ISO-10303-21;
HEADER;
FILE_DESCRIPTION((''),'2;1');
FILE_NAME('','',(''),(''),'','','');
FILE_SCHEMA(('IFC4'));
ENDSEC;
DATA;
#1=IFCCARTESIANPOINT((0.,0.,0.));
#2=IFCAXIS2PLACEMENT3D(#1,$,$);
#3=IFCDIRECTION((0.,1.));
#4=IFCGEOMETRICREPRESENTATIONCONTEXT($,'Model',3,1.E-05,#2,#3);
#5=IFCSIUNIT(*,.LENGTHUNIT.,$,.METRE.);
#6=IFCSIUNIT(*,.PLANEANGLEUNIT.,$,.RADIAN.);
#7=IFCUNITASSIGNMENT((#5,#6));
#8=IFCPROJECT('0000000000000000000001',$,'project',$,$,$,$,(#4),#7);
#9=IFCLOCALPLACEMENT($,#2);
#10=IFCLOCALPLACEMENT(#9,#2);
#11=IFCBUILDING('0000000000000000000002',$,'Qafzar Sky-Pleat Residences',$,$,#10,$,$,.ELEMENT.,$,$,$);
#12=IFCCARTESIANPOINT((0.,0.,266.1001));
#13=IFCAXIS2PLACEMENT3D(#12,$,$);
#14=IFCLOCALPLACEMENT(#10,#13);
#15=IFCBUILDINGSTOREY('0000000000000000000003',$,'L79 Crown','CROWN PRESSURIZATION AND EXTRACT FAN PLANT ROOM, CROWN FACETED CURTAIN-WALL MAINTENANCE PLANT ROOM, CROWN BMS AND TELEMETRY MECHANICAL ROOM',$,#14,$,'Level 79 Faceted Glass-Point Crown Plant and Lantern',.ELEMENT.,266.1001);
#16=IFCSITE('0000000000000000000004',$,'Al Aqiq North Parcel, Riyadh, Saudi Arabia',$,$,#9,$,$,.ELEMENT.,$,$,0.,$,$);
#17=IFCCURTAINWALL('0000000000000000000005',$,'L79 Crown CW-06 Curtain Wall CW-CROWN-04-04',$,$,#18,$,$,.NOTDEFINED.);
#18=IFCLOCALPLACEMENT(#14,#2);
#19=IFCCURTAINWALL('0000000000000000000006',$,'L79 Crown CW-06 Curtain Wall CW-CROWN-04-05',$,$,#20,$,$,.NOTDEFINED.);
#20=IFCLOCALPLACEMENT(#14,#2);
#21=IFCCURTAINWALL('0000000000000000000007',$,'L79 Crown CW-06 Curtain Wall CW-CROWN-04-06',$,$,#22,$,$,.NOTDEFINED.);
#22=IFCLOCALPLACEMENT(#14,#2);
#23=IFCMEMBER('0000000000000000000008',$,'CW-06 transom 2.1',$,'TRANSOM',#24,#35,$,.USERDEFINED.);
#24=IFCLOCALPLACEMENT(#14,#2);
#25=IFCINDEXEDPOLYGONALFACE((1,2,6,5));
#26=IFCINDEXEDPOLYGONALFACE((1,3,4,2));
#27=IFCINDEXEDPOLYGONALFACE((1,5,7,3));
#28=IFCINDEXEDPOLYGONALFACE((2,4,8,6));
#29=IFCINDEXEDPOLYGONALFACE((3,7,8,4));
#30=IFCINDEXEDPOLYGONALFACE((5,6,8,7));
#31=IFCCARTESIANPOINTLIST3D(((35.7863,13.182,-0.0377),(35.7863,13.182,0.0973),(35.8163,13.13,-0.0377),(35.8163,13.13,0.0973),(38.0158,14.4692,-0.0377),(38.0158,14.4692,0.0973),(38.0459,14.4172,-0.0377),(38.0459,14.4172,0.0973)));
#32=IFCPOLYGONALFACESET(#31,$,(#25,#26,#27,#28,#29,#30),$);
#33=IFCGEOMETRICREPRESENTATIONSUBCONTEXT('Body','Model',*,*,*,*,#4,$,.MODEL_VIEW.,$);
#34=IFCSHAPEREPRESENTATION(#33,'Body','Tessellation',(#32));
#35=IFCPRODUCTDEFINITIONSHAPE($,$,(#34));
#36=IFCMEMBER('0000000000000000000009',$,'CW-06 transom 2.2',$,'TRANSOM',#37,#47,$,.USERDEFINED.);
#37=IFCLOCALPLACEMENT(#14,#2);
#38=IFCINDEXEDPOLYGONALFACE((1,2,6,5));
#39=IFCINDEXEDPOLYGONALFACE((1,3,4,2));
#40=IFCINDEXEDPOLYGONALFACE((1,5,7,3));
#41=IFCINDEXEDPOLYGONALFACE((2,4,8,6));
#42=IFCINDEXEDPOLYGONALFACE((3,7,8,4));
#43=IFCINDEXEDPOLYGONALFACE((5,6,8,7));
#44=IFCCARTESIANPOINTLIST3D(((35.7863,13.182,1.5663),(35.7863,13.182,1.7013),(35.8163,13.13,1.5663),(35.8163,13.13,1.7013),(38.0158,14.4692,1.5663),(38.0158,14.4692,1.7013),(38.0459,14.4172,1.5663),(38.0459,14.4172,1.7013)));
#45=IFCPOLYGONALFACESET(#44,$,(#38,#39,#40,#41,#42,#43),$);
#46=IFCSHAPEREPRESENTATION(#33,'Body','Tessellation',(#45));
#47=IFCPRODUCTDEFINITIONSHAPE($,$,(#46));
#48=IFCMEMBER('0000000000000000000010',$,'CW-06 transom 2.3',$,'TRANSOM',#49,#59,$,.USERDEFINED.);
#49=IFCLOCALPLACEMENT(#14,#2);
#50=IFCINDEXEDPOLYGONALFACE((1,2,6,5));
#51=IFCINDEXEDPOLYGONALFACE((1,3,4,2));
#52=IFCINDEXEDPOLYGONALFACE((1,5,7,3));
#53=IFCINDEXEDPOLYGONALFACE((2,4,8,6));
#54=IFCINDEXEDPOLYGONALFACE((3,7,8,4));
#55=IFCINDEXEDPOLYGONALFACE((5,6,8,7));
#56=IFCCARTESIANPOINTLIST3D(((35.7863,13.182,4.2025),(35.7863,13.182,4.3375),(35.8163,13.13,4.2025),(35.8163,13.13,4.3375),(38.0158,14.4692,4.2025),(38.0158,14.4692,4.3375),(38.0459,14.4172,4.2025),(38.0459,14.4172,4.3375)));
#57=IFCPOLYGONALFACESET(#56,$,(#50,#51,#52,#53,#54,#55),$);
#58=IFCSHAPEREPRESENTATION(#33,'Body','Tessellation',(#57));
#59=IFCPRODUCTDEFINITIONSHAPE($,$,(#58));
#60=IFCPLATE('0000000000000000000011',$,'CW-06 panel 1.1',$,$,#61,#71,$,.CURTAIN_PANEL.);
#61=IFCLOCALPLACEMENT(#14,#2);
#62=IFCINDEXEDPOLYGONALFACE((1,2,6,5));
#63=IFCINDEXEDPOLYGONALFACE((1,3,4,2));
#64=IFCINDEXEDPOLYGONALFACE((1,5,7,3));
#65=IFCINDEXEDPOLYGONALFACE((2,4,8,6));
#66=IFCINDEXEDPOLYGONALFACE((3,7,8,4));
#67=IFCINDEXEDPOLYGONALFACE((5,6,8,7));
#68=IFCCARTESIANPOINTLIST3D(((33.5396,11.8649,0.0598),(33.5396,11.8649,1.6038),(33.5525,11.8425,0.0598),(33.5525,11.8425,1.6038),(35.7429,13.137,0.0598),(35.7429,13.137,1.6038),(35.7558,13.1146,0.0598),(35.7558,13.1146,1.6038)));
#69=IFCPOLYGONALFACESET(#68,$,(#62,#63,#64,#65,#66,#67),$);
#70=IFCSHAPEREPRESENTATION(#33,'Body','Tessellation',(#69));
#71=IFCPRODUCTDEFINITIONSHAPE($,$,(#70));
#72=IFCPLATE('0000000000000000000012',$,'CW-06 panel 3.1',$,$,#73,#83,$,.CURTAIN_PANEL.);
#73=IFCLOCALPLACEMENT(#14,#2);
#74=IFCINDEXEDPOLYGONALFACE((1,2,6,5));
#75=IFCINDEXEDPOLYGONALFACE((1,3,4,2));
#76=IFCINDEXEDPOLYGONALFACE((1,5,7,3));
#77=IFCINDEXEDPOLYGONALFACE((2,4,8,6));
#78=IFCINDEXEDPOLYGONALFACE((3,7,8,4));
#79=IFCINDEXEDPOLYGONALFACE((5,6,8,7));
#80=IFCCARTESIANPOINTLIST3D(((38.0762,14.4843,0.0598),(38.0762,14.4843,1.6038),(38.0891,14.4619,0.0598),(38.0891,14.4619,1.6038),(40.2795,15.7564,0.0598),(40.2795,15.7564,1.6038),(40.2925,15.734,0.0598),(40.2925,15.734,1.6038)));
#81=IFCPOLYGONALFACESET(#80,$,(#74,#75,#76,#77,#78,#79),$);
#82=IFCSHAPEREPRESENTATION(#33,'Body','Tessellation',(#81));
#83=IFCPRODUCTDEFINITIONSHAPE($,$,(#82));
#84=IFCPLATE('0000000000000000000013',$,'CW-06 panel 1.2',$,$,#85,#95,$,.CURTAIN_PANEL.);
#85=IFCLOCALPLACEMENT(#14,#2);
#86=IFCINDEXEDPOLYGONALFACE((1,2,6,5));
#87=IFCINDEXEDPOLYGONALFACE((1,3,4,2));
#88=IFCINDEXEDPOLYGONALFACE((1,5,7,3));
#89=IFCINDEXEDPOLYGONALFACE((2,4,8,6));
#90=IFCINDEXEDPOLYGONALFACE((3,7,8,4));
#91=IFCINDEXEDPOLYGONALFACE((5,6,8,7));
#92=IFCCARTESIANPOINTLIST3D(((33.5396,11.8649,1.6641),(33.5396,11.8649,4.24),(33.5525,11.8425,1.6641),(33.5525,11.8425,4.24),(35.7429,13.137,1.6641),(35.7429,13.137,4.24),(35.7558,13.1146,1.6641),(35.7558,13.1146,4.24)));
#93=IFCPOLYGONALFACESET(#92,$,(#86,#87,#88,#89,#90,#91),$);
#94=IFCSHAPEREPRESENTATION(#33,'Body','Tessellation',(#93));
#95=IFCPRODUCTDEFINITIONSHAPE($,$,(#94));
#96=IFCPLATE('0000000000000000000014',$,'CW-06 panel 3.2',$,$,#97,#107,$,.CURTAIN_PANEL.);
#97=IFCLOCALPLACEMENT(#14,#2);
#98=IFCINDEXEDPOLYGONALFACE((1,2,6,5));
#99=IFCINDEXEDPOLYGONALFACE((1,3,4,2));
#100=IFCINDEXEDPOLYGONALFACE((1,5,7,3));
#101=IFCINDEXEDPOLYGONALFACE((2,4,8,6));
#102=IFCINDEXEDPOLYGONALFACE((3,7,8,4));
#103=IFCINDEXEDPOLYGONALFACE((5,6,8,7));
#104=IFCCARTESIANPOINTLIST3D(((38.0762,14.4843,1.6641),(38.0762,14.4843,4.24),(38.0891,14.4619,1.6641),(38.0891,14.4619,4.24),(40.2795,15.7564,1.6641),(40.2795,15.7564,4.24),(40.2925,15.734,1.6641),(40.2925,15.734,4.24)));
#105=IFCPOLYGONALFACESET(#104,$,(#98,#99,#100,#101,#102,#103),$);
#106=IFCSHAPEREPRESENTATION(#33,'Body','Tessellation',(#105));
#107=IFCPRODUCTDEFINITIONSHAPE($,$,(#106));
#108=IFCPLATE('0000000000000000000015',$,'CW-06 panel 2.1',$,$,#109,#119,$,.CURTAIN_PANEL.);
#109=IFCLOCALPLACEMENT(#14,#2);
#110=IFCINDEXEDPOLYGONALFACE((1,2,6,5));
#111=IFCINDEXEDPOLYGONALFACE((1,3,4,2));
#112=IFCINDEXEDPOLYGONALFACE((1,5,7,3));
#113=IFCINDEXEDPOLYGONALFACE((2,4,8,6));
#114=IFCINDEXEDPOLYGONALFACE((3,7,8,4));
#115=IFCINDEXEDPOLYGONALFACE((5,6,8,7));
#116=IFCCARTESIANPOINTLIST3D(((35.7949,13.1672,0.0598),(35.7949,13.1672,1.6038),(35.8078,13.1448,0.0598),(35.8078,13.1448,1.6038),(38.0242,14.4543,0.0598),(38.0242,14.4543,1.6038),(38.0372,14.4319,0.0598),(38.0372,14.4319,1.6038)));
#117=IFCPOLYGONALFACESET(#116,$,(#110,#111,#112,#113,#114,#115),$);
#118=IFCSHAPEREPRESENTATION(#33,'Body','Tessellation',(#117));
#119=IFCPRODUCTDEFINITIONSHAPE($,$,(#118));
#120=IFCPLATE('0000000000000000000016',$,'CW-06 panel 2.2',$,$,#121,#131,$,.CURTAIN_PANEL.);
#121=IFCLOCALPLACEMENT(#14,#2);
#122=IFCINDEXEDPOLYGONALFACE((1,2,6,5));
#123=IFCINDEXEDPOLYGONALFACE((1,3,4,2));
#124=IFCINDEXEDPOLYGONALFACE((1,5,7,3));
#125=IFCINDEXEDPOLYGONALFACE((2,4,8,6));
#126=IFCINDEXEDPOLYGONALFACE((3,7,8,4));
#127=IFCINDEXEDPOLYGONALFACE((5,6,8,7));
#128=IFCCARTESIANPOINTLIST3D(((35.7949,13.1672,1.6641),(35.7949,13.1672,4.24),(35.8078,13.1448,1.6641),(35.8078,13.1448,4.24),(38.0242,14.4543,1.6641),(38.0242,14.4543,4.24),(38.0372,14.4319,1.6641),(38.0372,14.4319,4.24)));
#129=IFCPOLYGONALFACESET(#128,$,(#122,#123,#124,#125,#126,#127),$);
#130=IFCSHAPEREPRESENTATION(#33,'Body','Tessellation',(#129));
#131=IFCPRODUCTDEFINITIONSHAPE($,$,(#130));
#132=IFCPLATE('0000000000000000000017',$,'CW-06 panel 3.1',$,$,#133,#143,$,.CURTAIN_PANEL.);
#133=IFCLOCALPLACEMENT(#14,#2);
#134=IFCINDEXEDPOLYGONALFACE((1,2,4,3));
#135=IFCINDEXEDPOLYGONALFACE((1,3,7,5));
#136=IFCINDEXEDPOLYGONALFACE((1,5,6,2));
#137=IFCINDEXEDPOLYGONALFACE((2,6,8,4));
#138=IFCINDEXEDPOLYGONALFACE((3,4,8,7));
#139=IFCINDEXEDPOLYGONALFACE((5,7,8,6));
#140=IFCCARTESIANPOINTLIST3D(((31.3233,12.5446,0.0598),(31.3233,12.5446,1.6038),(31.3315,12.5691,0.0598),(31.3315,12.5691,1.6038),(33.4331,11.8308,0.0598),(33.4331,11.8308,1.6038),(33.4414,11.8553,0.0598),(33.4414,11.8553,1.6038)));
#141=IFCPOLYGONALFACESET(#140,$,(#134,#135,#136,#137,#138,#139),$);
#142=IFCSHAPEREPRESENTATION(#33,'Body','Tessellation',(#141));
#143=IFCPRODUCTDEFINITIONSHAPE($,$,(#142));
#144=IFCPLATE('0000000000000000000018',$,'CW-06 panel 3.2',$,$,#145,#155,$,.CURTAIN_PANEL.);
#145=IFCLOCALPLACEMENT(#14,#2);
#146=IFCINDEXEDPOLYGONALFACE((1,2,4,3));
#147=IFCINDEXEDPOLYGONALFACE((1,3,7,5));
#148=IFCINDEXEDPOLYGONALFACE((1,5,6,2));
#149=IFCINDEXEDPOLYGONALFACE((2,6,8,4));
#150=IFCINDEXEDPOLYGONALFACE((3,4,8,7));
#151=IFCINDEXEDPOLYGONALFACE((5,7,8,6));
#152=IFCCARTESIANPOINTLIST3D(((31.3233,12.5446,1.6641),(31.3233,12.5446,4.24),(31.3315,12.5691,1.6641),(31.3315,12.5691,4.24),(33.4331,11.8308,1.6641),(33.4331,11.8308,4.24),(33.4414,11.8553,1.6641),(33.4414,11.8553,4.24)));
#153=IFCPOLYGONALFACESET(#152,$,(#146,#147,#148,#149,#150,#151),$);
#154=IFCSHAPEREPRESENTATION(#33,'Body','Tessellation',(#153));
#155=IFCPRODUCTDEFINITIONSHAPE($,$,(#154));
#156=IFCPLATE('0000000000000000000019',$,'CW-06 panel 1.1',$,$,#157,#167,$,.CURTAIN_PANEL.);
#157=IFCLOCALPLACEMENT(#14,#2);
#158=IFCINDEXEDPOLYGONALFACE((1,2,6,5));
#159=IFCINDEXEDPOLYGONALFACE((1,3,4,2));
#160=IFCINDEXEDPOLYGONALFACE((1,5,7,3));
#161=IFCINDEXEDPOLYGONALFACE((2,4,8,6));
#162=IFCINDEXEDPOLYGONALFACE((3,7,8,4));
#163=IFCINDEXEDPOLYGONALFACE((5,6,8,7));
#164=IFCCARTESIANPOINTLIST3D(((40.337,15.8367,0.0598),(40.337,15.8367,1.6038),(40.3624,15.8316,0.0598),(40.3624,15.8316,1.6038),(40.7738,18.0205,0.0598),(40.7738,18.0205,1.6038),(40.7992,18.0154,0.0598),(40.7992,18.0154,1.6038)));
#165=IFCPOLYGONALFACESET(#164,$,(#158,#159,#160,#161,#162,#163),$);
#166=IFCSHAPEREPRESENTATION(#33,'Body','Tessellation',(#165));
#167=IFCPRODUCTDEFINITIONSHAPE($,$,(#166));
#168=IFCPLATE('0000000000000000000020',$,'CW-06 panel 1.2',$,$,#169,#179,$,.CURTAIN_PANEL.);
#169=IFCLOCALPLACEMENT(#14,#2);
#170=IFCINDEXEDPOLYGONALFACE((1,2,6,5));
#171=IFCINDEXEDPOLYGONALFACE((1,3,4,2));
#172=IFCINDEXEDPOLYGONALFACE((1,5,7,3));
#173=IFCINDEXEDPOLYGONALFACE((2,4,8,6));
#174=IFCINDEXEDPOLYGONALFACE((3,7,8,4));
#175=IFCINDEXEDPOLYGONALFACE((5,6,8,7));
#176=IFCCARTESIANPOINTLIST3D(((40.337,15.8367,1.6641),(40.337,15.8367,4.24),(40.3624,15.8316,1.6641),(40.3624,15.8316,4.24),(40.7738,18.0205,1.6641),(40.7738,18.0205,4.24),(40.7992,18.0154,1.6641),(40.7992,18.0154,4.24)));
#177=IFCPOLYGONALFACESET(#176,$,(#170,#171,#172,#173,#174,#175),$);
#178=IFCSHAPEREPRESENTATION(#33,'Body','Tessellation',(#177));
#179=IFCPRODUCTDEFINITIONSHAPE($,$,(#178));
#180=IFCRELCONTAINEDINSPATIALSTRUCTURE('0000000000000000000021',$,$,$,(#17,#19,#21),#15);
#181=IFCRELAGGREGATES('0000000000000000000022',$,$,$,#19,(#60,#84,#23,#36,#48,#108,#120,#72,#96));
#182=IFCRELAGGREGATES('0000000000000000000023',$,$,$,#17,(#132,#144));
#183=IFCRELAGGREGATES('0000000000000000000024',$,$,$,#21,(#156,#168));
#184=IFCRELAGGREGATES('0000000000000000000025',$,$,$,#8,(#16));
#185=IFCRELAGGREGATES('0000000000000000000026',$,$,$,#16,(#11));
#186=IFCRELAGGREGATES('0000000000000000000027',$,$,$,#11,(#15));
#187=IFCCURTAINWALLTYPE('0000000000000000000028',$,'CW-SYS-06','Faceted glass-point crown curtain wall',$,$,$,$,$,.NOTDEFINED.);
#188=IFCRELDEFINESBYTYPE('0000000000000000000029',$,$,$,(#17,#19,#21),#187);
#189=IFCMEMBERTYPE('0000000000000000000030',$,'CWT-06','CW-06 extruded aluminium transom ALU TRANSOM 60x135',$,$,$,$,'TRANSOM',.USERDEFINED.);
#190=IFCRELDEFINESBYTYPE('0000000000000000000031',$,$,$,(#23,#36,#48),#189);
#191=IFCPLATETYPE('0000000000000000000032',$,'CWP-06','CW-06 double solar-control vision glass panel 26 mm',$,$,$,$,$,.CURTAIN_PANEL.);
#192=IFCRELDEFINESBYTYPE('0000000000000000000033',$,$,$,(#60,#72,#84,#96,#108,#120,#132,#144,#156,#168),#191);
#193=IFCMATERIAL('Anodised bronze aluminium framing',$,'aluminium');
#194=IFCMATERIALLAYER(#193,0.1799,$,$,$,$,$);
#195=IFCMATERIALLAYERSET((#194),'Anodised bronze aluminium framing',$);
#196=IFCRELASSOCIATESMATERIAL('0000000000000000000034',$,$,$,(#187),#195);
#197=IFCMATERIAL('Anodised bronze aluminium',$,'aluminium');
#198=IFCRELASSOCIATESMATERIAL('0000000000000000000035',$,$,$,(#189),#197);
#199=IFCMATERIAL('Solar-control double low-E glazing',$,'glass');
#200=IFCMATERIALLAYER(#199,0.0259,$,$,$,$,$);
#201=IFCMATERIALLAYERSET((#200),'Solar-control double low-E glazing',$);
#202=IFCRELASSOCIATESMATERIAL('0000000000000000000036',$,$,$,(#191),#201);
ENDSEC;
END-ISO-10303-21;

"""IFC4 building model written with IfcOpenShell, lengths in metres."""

from ifc_helpers import new_model, si_unit, direction, frame, origin, origin_2d, place, context, subcontext, project, spatial, rectangle, extrude, source, transform, mapped, material, layer, layer_set, material_profile, profile_set, type_object, element, aggregate, save


model = new_model("IFC4")

# Units and contexts
model_context = context("Model", 3, precision=1e-05, world=origin(), true_north=direction((0.0, 1.0)))
body_context = subcontext(model_context, "Body", "Model", "MODEL_VIEW")
ifc_project = project(units=[si_unit("LENGTHUNIT", "METRE"), si_unit("PLANEANGLEUNIT", "RADIAN")], contexts=[model_context])

# Site, building, storey
site_placement = place(None, origin())
site = spatial("IfcSite", under=ifc_project, at=site_placement, Name="Al Aqiq North Parcel, Riyadh, Saudi Arabia", CompositionType="ELEMENT", RefElevation=0.0)
building_placement = place(site_placement, origin())
building = spatial("IfcBuilding", under=site, at=building_placement, Name="Qafzar Sky-Pleat Residences", CompositionType="ELEMENT")
storey_placement = place(building_placement, frame((0.0, 0.0, 266.1001)))
storey = spatial("IfcBuildingStorey", under=building, at=storey_placement, Name="L79 Crown", Description="CROWN PRESSURIZATION AND EXTRACT FAN PLANT ROOM, CROWN FACETED CURTAIN-WALL MAINTENANCE PLANT ROOM, CROWN BMS AND TELEMETRY MECHANICAL ROOM", LongName="Level 79 Faceted Glass-Point Crown Plant and Lantern", CompositionType="ELEMENT", Elevation=266.1001)

# Curtain walls
ifc_material_1 = material(Name="Anodised bronze aluminium framing", Category="aluminium")
ifc_layer_1 = layer(ifc_material_1, 0.1799)
ifc_layer_set_1 = layer_set([ifc_layer_1], Name="Anodised bronze aluminium framing")
curtain_wall_type = type_object("IfcCurtainWallType", Name="CW-SYS-06", Description="Faceted glass-point crown curtain wall", PredefinedType="NOTDEFINED", material=ifc_layer_set_1)
curtain_wall_1_placement = place(storey_placement, origin())
curtain_wall_1 = element("IfcCurtainWall", 1, at=curtain_wall_1_placement, inside=storey, type_object=curtain_wall_type, Name="L79 Crown CW-06 Curtain Wall CW-CROWN-04-04", PredefinedType="NOTDEFINED")
ifc_material_2 = material(Name="Anodised bronze aluminium", Category="aluminium")
curtain_wall_2_placement = place(storey_placement, origin())
curtain_wall_2 = element("IfcCurtainWall", 2, at=curtain_wall_2_placement, inside=storey, type_object=curtain_wall_type, Name="L79 Crown CW-06 Curtain Wall CW-CROWN-04-05", PredefinedType="NOTDEFINED")

# Curtain wall
curtain_wall_3_placement = place(storey_placement, origin())
curtain_wall_3 = element("IfcCurtainWall", 3, at=curtain_wall_3_placement, inside=storey, type_object=curtain_wall_type, Name="L79 Crown CW-06 Curtain Wall CW-CROWN-04-06", PredefinedType="NOTDEFINED")

# Members
ifc_material_profile_1 = material_profile(ifc_material_2, rectangle(XDim=0.0601, YDim=0.135, at=origin_2d()), Name="ALU TRANSOM 60x135")
ifc_profile_set_1 = profile_set([ifc_material_profile_1], Name="Anodised bronze aluminium")
member_type_1 = type_object("IfcMemberType", Name="CWT-06", Description="CW-06 extruded aluminium transom ALU TRANSOM 60x135", ElementType="TRANSOM", PredefinedType="USERDEFINED", material=ifc_profile_set_1)
shared_shape_1 = source(origin(), body_context, "Body", "SweptSolid", [
    extrude(rectangle(XDim=0.0601, YDim=0.135, at=origin_2d()), origin(), (0.0, 0.0, 1.0), 2.5745),
])
member_1_placement = place(storey_placement, frame((35.8013, 13.156, 0.0298), z_axis=(0.86604, 0.499974, 0.0), x_axis=(-0.499974, 0.86604, 0.0)))
member_1 = element("IfcMember", 4, at=member_1_placement, type_object=member_type_1, Name="CW-06 transom 2.1", ObjectType="TRANSOM", PredefinedType="USERDEFINED", context=body_context, shape_type="MappedRepresentation", body=[
    mapped(shared_shape_1, transform((0.0, 0.0, 0.0), x_axis=(1.0, 0.0, 0.0), y_axis=(0.0, 1.0, 0.0), z_axis=(0.0, 0.0, 1.0), scale=1.0)),
])
member_2_placement = place(storey_placement, frame((35.8013, 13.156, 1.6338), z_axis=(0.86604, 0.499974, 0.0), x_axis=(-0.499974, 0.86604, 0.0)))
member_2 = element("IfcMember", 5, at=member_2_placement, type_object=member_type_1, Name="CW-06 transom 2.2", ObjectType="TRANSOM", PredefinedType="USERDEFINED", context=body_context, shape_type="MappedRepresentation", body=[
    mapped(shared_shape_1, transform((0.0, 0.0, 0.0), x_axis=(1.0, 0.0, 0.0), y_axis=(0.0, 1.0, 0.0), z_axis=(0.0, 0.0, 1.0), scale=1.0)),
])
member_3_placement = place(storey_placement, frame((35.8013, 13.156, 4.27), z_axis=(0.86604, 0.499974, 0.0), x_axis=(-0.499974, 0.86604, 0.0)))
member_3 = element("IfcMember", 6, at=member_3_placement, type_object=member_type_1, Name="CW-06 transom 2.3", ObjectType="TRANSOM", PredefinedType="USERDEFINED", context=body_context, shape_type="MappedRepresentation", body=[
    mapped(shared_shape_1, transform((0.0, 0.0, 0.0), x_axis=(1.0, 0.0, 0.0), y_axis=(0.0, 1.0, 0.0), z_axis=(0.0, 0.0, 1.0), scale=1.0)),
])

# Plates
ifc_material_3 = material(Name="Solar-control double low-E glazing", Category="glass")
ifc_layer_2 = layer(ifc_material_3, 0.0259)
ifc_layer_set_2 = layer_set([ifc_layer_2], Name="Solar-control double low-E glazing")
plate_type = type_object("IfcPlateType", Name="CWP-06", Description="CW-06 double solar-control vision glass panel 26 mm", PredefinedType="CURTAIN_PANEL", material=ifc_layer_set_2)
shared_shape_2 = source(origin(), body_context, "Body", "SweptSolid", [
    extrude(rectangle(XDim=2.5442, YDim=0.0259, at=origin_2d()), origin(), (0.0, 0.0, 1.0), 1.5439),
])
plate_1_placement = place(storey_placement, frame((34.6477, 12.4897, 0.0598), z_axis=(0.0, 0.0, 1.0), x_axis=(0.866025, 0.500001, 0.0)))
plate_1 = element("IfcPlate", 7, at=plate_1_placement, type_object=plate_type, Name="CW-06 panel 1.1", PredefinedType="CURTAIN_PANEL", context=body_context, shape_type="MappedRepresentation", body=[
    mapped(shared_shape_2, transform((0.0, 0.0, 0.0), x_axis=(1.0, 0.0, 0.0), y_axis=(0.0, 1.0, 0.0), z_axis=(0.0, 0.0, 1.0), scale=1.0)),
])
plate_2_placement = place(storey_placement, frame((39.1843, 15.1091, 0.0598), z_axis=(0.0, 0.0, 1.0), x_axis=(0.866025, 0.500001, 0.0)))
plate_2 = element("IfcPlate", 8, at=plate_2_placement, type_object=plate_type, Name="CW-06 panel 3.1", PredefinedType="CURTAIN_PANEL", context=body_context, shape_type="MappedRepresentation", body=[
    mapped(shared_shape_2, transform((0.0, 0.0, 0.0), x_axis=(1.0, 0.0, 0.0), y_axis=(0.0, 1.0, 0.0), z_axis=(0.0, 0.0, 1.0), scale=1.0)),
])
shared_shape_3 = source(origin(), body_context, "Body", "SweptSolid", [
    extrude(rectangle(XDim=2.5442, YDim=0.0259, at=origin_2d()), origin(), (0.0, 0.0, 1.0), 2.5759),
])
plate_3_placement = place(storey_placement, frame((34.6477, 12.4897, 1.6641), z_axis=(0.0, 0.0, 1.0), x_axis=(0.866025, 0.500001, 0.0)))
plate_3 = element("IfcPlate", 9, at=plate_3_placement, type_object=plate_type, Name="CW-06 panel 1.2", PredefinedType="CURTAIN_PANEL", context=body_context, shape_type="MappedRepresentation", body=[
    mapped(shared_shape_3, transform((0.0, 0.0, 0.0), x_axis=(1.0, 0.0, 0.0), y_axis=(0.0, 1.0, 0.0), z_axis=(0.0, 0.0, 1.0), scale=1.0)),
])
plate_4_placement = place(storey_placement, frame((39.1843, 15.1091, 1.6641), z_axis=(0.0, 0.0, 1.0), x_axis=(0.866025, 0.500001, 0.0)))
plate_4 = element("IfcPlate", 10, at=plate_4_placement, type_object=plate_type, Name="CW-06 panel 3.2", PredefinedType="CURTAIN_PANEL", context=body_context, shape_type="MappedRepresentation", body=[
    mapped(shared_shape_3, transform((0.0, 0.0, 0.0), x_axis=(1.0, 0.0, 0.0), y_axis=(0.0, 1.0, 0.0), z_axis=(0.0, 0.0, 1.0), scale=1.0)),
])
shared_shape_4 = source(origin(), body_context, "Body", "SweptSolid", [
    extrude(rectangle(XDim=2.5742, YDim=0.0259, at=origin_2d()), origin(), (0.0, 0.0, 1.0), 1.5439),
])
plate_5_placement = place(storey_placement, frame((36.916, 13.7996, 0.0598), z_axis=(0.0, 0.0, 1.0), x_axis=(0.866025, 0.500001, 0.0)))
plate_5 = element("IfcPlate", 11, at=plate_5_placement, type_object=plate_type, Name="CW-06 panel 2.1", PredefinedType="CURTAIN_PANEL", context=body_context, shape_type="MappedRepresentation", body=[
    mapped(shared_shape_4, transform((0.0, 0.0, 0.0), x_axis=(1.0, 0.0, 0.0), y_axis=(0.0, 1.0, 0.0), z_axis=(0.0, 0.0, 1.0), scale=1.0)),
])
shared_shape_5 = source(origin(), body_context, "Body", "SweptSolid", [
    extrude(rectangle(XDim=2.5742, YDim=0.0259, at=origin_2d()), origin(), (0.0, 0.0, 1.0), 2.5759),
])
plate_6_placement = place(storey_placement, frame((36.916, 13.7996, 1.6641), z_axis=(0.0, 0.0, 1.0), x_axis=(0.866025, 0.500001, 0.0)))
plate_6 = element("IfcPlate", 12, at=plate_6_placement, type_object=plate_type, Name="CW-06 panel 2.2", PredefinedType="CURTAIN_PANEL", context=body_context, shape_type="MappedRepresentation", body=[
    mapped(shared_shape_5, transform((0.0, 0.0, 0.0), x_axis=(1.0, 0.0, 0.0), y_axis=(0.0, 1.0, 0.0), z_axis=(0.0, 0.0, 1.0), scale=1.0)),
])
aggregate(curtain_wall_2, [plate_1, plate_3, member_1, member_2, member_3, plate_5, plate_6, plate_2, plate_4])
shared_shape_6 = source(origin(), body_context, "Body", "SweptSolid", [
    extrude(rectangle(XDim=2.2273, YDim=0.0259, at=origin_2d()), origin(), (0.0, 0.0, 1.0), 1.5439),
])
plate_7_placement = place(storey_placement, frame((32.3823, 12.2, 0.0598), z_axis=(0.0, 0.0, 1.0), x_axis=(0.947267, -0.320445, 0.0)))
plate_7 = element("IfcPlate", 13, at=plate_7_placement, type_object=plate_type, Name="CW-06 panel 3.1", PredefinedType="CURTAIN_PANEL", context=body_context, shape_type="MappedRepresentation", body=[
    mapped(shared_shape_6, transform((0.0, 0.0, 0.0), x_axis=(1.0, 0.0, 0.0), y_axis=(0.0, 1.0, 0.0), z_axis=(0.0, 0.0, 1.0), scale=1.0)),
])
shared_shape_7 = source(origin(), body_context, "Body", "SweptSolid", [
    extrude(rectangle(XDim=2.2273, YDim=0.0259, at=origin_2d()), origin(), (0.0, 0.0, 1.0), 2.5759),
])
plate_8_placement = place(storey_placement, frame((32.3823, 12.2, 1.6641), z_axis=(0.0, 0.0, 1.0), x_axis=(0.947267, -0.320445, 0.0)))
plate_8 = element("IfcPlate", 14, at=plate_8_placement, type_object=plate_type, Name="CW-06 panel 3.2", PredefinedType="CURTAIN_PANEL", context=body_context, shape_type="MappedRepresentation", body=[
    mapped(shared_shape_7, transform((0.0, 0.0, 0.0), x_axis=(1.0, 0.0, 0.0), y_axis=(0.0, 1.0, 0.0), z_axis=(0.0, 0.0, 1.0), scale=1.0)),
])
aggregate(curtain_wall_1, [plate_7, plate_8])
shared_shape_8 = source(origin(), body_context, "Body", "SweptSolid", [
    extrude(rectangle(XDim=2.2271, YDim=0.0259, at=origin_2d()), origin(), (0.0, 0.0, 1.0), 1.5439),
])
plate_9_placement = place(storey_placement, frame((40.5681, 16.926, 0.0598), z_axis=(0.0, 0.0, 1.0), x_axis=(0.196116, 0.980581, 0.0)))
plate_9 = element("IfcPlate", 15, at=plate_9_placement, type_object=plate_type, Name="CW-06 panel 1.1", PredefinedType="CURTAIN_PANEL", context=body_context, shape_type="MappedRepresentation", body=[
    mapped(shared_shape_8, transform((0.0, 0.0, 0.0), x_axis=(1.0, 0.0, 0.0), y_axis=(0.0, 1.0, 0.0), z_axis=(0.0, 0.0, 1.0), scale=1.0)),
])
shared_shape_9 = source(origin(), body_context, "Body", "SweptSolid", [
    extrude(rectangle(XDim=2.2271, YDim=0.0259, at=origin_2d()), origin(), (0.0, 0.0, 1.0), 2.5759),
])
plate_10_placement = place(storey_placement, frame((40.5681, 16.926, 1.6641), z_axis=(0.0, 0.0, 1.0), x_axis=(0.196116, 0.980581, 0.0)))
plate_10 = element("IfcPlate", 16, at=plate_10_placement, type_object=plate_type, Name="CW-06 panel 1.2", PredefinedType="CURTAIN_PANEL", context=body_context, shape_type="MappedRepresentation", body=[
    mapped(shared_shape_9, transform((0.0, 0.0, 0.0), x_axis=(1.0, 0.0, 0.0), y_axis=(0.0, 1.0, 0.0), z_axis=(0.0, 0.0, 1.0), scale=1.0)),
])
aggregate(curtain_wall_3, [plate_9, plate_10])

save(model, "model.ifc")
